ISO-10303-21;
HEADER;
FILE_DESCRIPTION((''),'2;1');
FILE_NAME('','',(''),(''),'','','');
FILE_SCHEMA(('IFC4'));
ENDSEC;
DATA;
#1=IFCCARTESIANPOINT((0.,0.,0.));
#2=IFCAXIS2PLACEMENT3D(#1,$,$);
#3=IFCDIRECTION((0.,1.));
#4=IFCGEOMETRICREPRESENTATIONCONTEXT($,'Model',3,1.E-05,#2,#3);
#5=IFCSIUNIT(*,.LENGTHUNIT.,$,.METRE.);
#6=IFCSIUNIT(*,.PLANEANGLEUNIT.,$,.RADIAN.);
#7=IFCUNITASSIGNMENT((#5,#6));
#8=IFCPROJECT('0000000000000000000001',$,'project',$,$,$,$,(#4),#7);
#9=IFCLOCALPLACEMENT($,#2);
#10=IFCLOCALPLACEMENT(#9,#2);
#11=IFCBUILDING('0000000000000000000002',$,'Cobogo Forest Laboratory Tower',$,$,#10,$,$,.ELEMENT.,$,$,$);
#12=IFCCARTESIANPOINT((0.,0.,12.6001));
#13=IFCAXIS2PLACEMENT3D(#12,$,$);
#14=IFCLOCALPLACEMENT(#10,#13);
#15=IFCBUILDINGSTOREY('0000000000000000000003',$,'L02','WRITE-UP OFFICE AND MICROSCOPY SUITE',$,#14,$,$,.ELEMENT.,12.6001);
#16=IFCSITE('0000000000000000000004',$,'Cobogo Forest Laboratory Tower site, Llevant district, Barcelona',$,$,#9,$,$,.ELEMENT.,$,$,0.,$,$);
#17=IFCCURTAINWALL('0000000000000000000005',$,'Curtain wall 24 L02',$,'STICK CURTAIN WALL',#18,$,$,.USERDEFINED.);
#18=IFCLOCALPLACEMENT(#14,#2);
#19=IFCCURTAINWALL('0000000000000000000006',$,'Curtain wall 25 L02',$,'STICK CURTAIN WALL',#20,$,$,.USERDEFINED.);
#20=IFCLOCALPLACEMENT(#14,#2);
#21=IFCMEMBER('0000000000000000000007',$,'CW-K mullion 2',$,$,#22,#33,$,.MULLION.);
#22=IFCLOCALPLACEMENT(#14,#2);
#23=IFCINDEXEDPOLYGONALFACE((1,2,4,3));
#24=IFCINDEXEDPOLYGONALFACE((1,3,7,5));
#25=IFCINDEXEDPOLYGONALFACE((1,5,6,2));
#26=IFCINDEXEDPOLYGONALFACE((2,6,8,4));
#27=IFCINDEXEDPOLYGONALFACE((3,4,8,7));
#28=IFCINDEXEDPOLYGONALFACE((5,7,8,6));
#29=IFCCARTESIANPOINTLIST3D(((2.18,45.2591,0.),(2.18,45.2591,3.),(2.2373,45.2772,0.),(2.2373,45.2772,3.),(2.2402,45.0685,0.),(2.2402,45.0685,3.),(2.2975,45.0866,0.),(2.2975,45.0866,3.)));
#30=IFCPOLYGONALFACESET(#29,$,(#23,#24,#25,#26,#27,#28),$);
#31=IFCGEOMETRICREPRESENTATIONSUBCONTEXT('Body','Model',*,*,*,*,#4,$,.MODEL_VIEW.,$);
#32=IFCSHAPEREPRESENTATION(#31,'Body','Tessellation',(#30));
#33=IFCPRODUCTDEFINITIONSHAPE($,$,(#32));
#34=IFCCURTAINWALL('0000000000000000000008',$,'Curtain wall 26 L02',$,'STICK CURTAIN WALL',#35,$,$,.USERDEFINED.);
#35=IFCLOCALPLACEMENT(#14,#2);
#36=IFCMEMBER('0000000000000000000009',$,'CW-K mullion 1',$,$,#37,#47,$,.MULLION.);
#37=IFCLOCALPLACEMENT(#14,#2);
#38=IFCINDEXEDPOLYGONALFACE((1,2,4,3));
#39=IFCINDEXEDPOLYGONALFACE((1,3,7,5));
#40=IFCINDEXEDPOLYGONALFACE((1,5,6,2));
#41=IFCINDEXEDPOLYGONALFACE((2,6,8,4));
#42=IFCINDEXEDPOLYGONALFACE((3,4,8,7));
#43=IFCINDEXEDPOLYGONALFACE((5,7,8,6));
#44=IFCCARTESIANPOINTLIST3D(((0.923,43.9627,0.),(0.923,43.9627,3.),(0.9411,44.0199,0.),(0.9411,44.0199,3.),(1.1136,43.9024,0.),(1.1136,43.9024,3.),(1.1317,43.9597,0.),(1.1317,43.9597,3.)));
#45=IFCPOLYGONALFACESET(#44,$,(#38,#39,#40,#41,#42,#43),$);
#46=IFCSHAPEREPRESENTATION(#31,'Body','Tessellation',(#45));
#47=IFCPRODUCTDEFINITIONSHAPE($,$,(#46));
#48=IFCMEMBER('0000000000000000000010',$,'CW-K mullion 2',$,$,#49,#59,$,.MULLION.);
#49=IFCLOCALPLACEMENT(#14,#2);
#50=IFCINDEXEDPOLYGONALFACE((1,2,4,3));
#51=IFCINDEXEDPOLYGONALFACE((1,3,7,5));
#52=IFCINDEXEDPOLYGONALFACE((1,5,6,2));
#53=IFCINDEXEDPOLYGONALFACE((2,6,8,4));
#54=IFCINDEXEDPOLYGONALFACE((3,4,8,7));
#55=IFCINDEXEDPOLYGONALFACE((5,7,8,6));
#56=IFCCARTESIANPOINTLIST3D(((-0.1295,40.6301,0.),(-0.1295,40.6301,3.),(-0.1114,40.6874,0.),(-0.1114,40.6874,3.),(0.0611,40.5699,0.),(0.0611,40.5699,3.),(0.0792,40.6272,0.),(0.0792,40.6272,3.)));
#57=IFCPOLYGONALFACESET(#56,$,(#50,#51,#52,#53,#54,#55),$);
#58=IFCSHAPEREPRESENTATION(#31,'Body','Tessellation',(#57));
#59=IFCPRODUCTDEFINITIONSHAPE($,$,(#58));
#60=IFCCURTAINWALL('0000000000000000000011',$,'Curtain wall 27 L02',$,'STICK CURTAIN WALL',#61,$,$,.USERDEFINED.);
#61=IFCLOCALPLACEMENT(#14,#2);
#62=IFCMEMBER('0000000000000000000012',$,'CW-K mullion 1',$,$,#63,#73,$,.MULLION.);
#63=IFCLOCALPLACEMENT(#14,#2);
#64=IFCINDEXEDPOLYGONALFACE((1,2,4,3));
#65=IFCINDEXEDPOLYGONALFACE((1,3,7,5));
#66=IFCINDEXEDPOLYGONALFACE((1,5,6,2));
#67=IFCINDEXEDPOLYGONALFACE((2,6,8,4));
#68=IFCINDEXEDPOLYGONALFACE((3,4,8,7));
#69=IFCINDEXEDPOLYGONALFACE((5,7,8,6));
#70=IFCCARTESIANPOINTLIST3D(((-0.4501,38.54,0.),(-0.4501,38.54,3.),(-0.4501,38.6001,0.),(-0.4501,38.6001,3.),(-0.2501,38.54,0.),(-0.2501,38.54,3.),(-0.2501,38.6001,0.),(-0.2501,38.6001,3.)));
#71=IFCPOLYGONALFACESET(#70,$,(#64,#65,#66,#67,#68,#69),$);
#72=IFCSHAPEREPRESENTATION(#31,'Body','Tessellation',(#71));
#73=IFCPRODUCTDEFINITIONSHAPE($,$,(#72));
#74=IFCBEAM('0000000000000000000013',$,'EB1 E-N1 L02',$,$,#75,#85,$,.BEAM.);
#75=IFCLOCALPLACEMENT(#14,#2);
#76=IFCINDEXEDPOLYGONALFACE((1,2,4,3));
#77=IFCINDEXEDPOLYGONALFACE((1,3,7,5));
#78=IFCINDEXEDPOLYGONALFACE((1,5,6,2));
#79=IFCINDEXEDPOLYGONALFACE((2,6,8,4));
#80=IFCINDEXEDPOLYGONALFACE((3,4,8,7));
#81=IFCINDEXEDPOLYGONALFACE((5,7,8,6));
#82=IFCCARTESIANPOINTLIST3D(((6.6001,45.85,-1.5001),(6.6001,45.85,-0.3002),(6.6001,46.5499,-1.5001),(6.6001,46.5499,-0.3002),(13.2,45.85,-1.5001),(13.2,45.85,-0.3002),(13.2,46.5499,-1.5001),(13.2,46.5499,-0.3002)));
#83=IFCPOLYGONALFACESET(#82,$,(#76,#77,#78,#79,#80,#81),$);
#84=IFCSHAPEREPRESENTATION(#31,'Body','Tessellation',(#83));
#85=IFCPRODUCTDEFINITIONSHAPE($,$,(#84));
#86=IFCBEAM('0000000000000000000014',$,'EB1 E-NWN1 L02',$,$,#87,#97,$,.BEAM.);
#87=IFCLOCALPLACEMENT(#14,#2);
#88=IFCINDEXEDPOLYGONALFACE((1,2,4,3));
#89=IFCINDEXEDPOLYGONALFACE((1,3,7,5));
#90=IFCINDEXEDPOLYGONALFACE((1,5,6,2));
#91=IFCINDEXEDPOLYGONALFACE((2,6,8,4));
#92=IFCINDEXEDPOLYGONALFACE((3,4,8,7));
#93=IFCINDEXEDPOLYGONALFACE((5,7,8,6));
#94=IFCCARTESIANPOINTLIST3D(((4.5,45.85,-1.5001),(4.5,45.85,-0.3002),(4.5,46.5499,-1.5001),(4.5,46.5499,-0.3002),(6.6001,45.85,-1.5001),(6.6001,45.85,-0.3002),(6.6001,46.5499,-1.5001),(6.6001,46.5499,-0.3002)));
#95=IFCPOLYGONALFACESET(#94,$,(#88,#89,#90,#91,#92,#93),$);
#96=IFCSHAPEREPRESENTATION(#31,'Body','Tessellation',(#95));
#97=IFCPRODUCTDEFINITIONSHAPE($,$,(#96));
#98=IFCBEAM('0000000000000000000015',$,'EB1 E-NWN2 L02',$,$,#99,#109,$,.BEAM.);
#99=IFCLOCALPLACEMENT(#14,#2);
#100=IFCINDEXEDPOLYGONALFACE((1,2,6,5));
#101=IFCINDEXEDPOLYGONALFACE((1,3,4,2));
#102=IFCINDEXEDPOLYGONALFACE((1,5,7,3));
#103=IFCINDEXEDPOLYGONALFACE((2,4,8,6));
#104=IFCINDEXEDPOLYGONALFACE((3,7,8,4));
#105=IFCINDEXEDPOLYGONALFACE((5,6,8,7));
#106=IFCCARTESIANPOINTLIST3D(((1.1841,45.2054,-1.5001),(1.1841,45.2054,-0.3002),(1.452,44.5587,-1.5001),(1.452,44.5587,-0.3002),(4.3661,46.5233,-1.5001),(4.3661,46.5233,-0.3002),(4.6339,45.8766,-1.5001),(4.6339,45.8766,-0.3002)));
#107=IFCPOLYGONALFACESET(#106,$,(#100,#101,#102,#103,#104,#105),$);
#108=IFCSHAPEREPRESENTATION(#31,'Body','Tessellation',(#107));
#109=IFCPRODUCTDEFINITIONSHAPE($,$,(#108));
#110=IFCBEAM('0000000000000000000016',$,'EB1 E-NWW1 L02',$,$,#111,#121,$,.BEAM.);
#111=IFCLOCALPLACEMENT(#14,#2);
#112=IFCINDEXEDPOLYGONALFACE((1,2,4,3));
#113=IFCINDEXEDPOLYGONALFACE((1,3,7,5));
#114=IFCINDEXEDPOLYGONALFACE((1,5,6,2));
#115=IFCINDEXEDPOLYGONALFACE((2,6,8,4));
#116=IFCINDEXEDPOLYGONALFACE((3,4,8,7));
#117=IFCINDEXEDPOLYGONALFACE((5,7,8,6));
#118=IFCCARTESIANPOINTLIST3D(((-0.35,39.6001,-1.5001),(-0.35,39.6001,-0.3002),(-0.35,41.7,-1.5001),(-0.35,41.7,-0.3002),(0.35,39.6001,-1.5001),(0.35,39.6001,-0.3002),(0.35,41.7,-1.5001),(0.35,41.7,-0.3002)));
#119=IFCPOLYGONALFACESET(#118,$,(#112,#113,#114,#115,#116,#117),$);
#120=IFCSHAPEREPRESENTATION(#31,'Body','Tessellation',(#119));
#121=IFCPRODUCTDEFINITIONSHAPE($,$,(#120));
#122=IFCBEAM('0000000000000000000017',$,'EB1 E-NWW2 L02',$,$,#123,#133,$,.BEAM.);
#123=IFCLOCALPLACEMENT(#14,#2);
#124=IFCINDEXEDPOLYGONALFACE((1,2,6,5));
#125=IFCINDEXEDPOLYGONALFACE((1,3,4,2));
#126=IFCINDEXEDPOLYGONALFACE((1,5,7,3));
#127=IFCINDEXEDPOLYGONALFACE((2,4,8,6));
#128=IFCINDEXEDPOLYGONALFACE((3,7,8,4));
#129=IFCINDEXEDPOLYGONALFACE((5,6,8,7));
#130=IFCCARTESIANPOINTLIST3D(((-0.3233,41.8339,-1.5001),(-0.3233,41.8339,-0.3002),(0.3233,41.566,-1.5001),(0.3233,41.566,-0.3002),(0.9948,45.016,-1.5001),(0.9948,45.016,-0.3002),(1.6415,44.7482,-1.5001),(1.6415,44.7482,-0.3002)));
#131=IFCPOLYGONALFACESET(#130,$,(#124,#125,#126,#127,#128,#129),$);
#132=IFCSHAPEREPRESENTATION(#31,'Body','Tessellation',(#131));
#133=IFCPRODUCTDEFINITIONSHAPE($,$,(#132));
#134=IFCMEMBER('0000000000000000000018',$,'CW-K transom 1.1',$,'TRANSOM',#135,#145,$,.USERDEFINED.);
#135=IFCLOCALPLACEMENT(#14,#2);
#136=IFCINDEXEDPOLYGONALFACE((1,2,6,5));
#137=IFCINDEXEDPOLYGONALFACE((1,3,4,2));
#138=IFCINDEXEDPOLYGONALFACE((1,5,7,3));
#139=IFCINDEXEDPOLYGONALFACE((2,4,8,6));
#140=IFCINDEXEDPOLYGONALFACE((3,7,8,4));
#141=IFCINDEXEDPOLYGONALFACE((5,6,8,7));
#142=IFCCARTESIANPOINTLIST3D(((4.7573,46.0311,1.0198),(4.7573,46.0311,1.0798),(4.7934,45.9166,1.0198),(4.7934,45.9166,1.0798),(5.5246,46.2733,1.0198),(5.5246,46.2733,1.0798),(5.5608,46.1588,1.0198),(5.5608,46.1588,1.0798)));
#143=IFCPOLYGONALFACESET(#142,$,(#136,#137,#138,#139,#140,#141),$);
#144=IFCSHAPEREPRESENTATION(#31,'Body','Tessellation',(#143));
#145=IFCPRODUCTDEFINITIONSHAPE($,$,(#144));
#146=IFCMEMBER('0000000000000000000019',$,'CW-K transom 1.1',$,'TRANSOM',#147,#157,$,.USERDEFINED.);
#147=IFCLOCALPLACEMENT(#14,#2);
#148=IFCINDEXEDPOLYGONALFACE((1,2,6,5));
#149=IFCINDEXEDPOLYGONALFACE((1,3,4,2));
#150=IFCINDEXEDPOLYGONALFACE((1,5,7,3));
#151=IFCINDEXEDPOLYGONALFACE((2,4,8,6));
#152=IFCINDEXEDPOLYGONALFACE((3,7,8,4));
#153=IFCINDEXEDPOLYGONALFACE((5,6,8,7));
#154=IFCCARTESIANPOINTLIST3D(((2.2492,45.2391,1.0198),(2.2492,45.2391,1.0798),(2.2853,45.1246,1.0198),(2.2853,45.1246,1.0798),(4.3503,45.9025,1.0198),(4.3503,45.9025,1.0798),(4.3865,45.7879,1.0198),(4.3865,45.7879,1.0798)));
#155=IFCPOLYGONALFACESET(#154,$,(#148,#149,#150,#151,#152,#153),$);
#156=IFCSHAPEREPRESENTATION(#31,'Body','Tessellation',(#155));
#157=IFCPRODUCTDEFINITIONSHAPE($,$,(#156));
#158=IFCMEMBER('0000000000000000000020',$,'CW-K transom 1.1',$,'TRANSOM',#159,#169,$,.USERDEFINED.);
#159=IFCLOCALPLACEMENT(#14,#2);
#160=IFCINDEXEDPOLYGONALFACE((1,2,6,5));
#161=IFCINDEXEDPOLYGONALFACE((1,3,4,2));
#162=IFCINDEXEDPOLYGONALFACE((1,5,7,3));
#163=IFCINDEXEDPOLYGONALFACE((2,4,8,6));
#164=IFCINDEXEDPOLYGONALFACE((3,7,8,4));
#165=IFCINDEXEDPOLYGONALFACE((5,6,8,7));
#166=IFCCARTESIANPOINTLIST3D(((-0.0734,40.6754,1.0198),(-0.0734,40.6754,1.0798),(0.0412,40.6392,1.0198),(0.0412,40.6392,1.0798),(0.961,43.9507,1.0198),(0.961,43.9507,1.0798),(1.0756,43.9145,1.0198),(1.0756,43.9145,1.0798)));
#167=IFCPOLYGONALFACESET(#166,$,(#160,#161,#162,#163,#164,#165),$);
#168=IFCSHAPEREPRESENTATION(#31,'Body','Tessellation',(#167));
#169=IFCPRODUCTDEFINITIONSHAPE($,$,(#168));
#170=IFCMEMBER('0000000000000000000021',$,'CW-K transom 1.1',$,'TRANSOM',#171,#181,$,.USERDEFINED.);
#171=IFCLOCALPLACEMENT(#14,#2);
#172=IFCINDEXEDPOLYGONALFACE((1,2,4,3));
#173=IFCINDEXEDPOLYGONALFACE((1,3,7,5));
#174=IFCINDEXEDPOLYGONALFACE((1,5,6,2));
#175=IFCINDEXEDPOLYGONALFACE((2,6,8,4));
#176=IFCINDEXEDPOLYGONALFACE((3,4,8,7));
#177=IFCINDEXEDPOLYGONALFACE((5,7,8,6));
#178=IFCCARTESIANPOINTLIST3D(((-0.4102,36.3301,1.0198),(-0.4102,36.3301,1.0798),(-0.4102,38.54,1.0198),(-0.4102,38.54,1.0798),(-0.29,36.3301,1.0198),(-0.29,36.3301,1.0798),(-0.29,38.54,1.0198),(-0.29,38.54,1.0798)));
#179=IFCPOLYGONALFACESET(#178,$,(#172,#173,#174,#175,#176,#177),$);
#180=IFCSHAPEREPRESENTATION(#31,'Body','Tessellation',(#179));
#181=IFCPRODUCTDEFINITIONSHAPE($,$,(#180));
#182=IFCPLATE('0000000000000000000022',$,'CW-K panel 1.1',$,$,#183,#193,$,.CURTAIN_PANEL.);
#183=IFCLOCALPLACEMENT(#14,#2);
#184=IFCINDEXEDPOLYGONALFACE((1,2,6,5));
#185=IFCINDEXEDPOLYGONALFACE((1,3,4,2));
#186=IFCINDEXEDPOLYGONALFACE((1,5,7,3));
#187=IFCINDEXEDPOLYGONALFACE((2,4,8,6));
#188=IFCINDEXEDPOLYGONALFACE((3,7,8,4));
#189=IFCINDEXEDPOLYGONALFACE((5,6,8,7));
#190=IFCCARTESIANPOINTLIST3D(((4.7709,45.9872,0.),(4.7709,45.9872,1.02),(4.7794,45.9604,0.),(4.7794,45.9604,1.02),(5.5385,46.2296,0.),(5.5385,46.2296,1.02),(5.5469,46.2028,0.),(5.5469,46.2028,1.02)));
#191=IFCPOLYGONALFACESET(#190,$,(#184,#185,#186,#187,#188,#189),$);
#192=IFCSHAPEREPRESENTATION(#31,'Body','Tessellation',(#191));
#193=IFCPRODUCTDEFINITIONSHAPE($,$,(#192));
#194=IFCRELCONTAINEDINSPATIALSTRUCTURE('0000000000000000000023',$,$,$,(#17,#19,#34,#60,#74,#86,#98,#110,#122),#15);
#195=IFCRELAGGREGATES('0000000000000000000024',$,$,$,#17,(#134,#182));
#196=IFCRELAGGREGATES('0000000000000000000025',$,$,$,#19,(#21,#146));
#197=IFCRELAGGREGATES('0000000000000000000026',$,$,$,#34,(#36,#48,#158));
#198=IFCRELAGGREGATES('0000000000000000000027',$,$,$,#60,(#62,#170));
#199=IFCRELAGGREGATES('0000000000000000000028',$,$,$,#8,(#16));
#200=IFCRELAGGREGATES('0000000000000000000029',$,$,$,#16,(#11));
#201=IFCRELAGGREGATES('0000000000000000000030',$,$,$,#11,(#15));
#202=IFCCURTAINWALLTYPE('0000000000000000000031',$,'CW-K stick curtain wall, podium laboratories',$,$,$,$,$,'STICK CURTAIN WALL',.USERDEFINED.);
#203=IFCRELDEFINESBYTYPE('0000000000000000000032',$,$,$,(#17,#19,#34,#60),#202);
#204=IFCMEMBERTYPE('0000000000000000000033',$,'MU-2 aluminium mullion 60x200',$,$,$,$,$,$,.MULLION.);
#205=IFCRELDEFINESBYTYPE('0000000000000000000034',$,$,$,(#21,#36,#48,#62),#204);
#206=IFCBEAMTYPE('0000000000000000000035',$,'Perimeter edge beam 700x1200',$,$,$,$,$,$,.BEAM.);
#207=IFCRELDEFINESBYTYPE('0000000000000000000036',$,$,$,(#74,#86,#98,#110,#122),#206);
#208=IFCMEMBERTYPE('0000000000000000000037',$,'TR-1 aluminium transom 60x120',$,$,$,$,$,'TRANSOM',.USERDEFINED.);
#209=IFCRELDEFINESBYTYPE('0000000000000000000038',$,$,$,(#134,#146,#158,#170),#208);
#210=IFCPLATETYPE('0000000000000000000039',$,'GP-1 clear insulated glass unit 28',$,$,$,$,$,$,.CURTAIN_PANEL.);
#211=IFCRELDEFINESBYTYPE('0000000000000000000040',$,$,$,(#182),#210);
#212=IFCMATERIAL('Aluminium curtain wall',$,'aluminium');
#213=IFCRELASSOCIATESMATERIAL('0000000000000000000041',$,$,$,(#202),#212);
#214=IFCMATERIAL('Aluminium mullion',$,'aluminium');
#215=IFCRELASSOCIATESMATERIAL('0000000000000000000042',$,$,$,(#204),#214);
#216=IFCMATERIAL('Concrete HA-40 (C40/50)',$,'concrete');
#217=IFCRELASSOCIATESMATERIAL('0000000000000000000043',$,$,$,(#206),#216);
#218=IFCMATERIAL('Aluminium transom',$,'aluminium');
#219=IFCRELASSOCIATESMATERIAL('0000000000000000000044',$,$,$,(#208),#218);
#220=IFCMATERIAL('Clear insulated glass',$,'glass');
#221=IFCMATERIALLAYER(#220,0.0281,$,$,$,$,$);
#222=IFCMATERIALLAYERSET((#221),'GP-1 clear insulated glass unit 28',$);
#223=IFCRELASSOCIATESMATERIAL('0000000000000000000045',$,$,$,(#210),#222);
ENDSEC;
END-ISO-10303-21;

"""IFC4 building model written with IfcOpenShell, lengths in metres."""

from ifc_helpers import new_model, si_unit, direction, frame, origin, origin_2d, place, context, subcontext, project, spatial, rectangle, extrude, material, layer, layer_set, material_profile, profile_set, type_object, element, aggregate, save


model = new_model("IFC4")

# Units and contexts
model_context = context("Model", 3, precision=1e-05, world=origin(), true_north=direction((0.0, 1.0)))
body_context = subcontext(model_context, "Body", "Model", "MODEL_VIEW")
ifc_project = project(units=[si_unit("LENGTHUNIT", "METRE"), si_unit("PLANEANGLEUNIT", "RADIAN")], contexts=[model_context])

# Site, building, storey
site_placement = place(None, origin())
site = spatial("IfcSite", under=ifc_project, at=site_placement, Name="Cobogo Forest Laboratory Tower site, Llevant district, Barcelona", CompositionType="ELEMENT", RefElevation=0.0)
building_placement = place(site_placement, origin())
building = spatial("IfcBuilding", under=site, at=building_placement, Name="Cobogo Forest Laboratory Tower", CompositionType="ELEMENT")
storey_placement = place(building_placement, frame((0.0, 0.0, 12.6001)))
storey = spatial("IfcBuildingStorey", under=building, at=storey_placement, Name="L02", Description="WRITE-UP OFFICE AND MICROSCOPY SUITE", CompositionType="ELEMENT", Elevation=12.6001)

# Shared definitions
ifc_material_1 = material(Name="Concrete HA-40 (C40/50)", Category="concrete")

# Curtain walls, members
ifc_material_2 = material(Name="Aluminium curtain wall", Category="aluminium")
curtain_wall_type = type_object("IfcCurtainWallType", Name="CW-K stick curtain wall, podium laboratories", ElementType="STICK CURTAIN WALL", PredefinedType="USERDEFINED", material=ifc_material_2)
curtain_wall_1_placement = place(storey_placement, origin())
curtain_wall_1 = element("IfcCurtainWall", 1, at=curtain_wall_1_placement, inside=storey, type_object=curtain_wall_type, Name="Curtain wall 24 L02", ObjectType="STICK CURTAIN WALL", PredefinedType="USERDEFINED")
ifc_material_3 = material(Name="Aluminium mullion", Category="aluminium")
ifc_material_profile_1 = material_profile(ifc_material_3, rectangle(XDim=0.0601, YDim=0.2, at=origin_2d()), Name="AL 60x200")
ifc_profile_set_1 = profile_set([ifc_material_profile_1], Name="Aluminium mullion")
member_type_1 = type_object("IfcMemberType", Name="MU-2 aluminium mullion 60x200", PredefinedType="MULLION", material=ifc_profile_set_1)
curtain_wall_2_placement = place(storey_placement, origin())
curtain_wall_2 = element("IfcCurtainWall", 2, at=curtain_wall_2_placement, inside=storey, type_object=curtain_wall_type, Name="Curtain wall 25 L02", ObjectType="STICK CURTAIN WALL", PredefinedType="USERDEFINED")
member_1_placement = place(storey_placement, frame((2.2388, 45.1729, 0.0), z_axis=(0.0, 0.0, 1.0), x_axis=(-0.953581, -0.301135, 0.0)))
member_1 = element("IfcMember", 3, at=member_1_placement, type_object=member_type_1, Name="CW-K mullion 2", PredefinedType="MULLION", context=body_context, shape_type="SweptSolid", body=[
    extrude(rectangle(XDim=0.0601, YDim=0.2, at=origin_2d()), origin(), (0.0, 0.0, 1.0), 3.0),
])
curtain_wall_3_placement = place(storey_placement, origin())
curtain_wall_3 = element("IfcCurtainWall", 4, at=curtain_wall_3_placement, inside=storey, type_object=curtain_wall_type, Name="Curtain wall 26 L02", ObjectType="STICK CURTAIN WALL", PredefinedType="USERDEFINED")
member_2_placement = place(storey_placement, frame((1.0273, 43.9612, 0.0), z_axis=(0.0, 0.0, 1.0), x_axis=(-0.301135, -0.953581, 0.0)))
member_2 = element("IfcMember", 5, at=member_2_placement, type_object=member_type_1, Name="CW-K mullion 1", PredefinedType="MULLION", context=body_context, shape_type="SweptSolid", body=[
    extrude(rectangle(XDim=0.0601, YDim=0.2, at=origin_2d()), origin(), (0.0, 0.0, 1.0), 3.0),
])
member_3_placement = place(storey_placement, frame((-0.0251, 40.6287, 0.0), z_axis=(0.0, 0.0, 1.0), x_axis=(-0.301135, -0.953581, 0.0)))
member_3 = element("IfcMember", 6, at=member_3_placement, type_object=member_type_1, Name="CW-K mullion 2", PredefinedType="MULLION", context=body_context, shape_type="SweptSolid", body=[
    extrude(rectangle(XDim=0.0601, YDim=0.2, at=origin_2d()), origin(), (0.0, 0.0, 1.0), 3.0),
])

# Curtain wall, member
curtain_wall_4_placement = place(storey_placement, origin())
curtain_wall_4 = element("IfcCurtainWall", 7, at=curtain_wall_4_placement, inside=storey, type_object=curtain_wall_type, Name="Curtain wall 27 L02", ObjectType="STICK CURTAIN WALL", PredefinedType="USERDEFINED")
member_4_placement = place(storey_placement, frame((-0.3501, 38.5701, 0.0), z_axis=(0.0, 0.0, 1.0), x_axis=(0.0, -1.0, 0.0)))
member_4 = element("IfcMember", 8, at=member_4_placement, type_object=member_type_1, Name="CW-K mullion 1", PredefinedType="MULLION", context=body_context, shape_type="SweptSolid", body=[
    extrude(rectangle(XDim=0.0601, YDim=0.2, at=origin_2d()), origin(), (0.0, 0.0, 1.0), 3.0),
])

# Beams
ifc_material_profile_2 = material_profile(ifc_material_1, rectangle(XDim=0.7, YDim=1.2, at=origin_2d()), Name="RC 700x1200")
ifc_profile_set_2 = profile_set([ifc_material_profile_2], Name="Concrete HA-40 (C40/50)")
beam_type_1 = type_object("IfcBeamType", Name="Perimeter edge beam 700x1200", PredefinedType="BEAM", material=ifc_profile_set_2)
beam_1_placement = place(storey_placement, frame((6.6001, 46.2, -0.9001), z_axis=(1.0, 0.0, 0.0), x_axis=(0.0, 1.0, 0.0)))
element("IfcBeam", 9, at=beam_1_placement, inside=storey, type_object=beam_type_1, Name="EB1 E-N1 L02", PredefinedType="BEAM", context=body_context, shape_type="SweptSolid", body=[
    extrude(rectangle(XDim=0.7, YDim=1.2, at=origin_2d()), origin(), (0.0, 0.0, 1.0), 6.5999),
])
beam_2_placement = place(storey_placement, frame((6.6001, 46.2, -0.9001), z_axis=(-1.0, 0.0, 0.0), x_axis=(0.0, -1.0, 0.0)))
element("IfcBeam", 10, at=beam_2_placement, inside=storey, type_object=beam_type_1, Name="EB1 E-NWN1 L02", PredefinedType="BEAM", context=body_context, shape_type="SweptSolid", body=[
    extrude(rectangle(XDim=0.7, YDim=1.2, at=origin_2d()), origin(), (0.0, 0.0, 1.0), 2.1001),
])
beam_3_placement = place(storey_placement, frame((4.5, 46.2, -0.9001), z_axis=(-0.923891, -0.382656, 0.0), x_axis=(0.382656, -0.923891, 0.0)))
element("IfcBeam", 11, at=beam_3_placement, inside=storey, type_object=beam_type_1, Name="EB1 E-NWN2 L02", PredefinedType="BEAM", context=body_context, shape_type="SweptSolid", body=[
    extrude(rectangle(XDim=0.7, YDim=1.2, at=origin_2d()), origin(), (0.0, 0.0, 1.0), 3.4441),
])
beam_4_placement = place(storey_placement, frame((0.0, 39.6001, -0.9001), z_axis=(0.0, 1.0, 0.0), x_axis=(-1.0, 0.0, 0.0)))
element("IfcBeam", 12, at=beam_4_placement, inside=storey, type_object=beam_type_1, Name="EB1 E-NWW1 L02", PredefinedType="BEAM", context=body_context, shape_type="SweptSolid", body=[
    extrude(rectangle(XDim=0.7, YDim=1.2, at=origin_2d()), origin(), (0.0, 0.0, 1.0), 2.0999),
])
beam_5_placement = place(storey_placement, frame((0.0, 41.7, -0.9001), z_axis=(0.382692, 0.923876, 0.0), x_axis=(-0.923876, 0.382692, 0.0)))
element("IfcBeam", 13, at=beam_5_placement, inside=storey, type_object=beam_type_1, Name="EB1 E-NWW2 L02", PredefinedType="BEAM", context=body_context, shape_type="SweptSolid", body=[
    extrude(rectangle(XDim=0.7, YDim=1.2, at=origin_2d()), origin(), (0.0, 0.0, 1.0), 3.4443),
])

# Members
ifc_material_4 = material(Name="Aluminium transom", Category="aluminium")
ifc_material_profile_3 = material_profile(ifc_material_4, rectangle(XDim=0.1201, YDim=0.0601, at=origin_2d()), Name="AL 60x120")
ifc_profile_set_3 = profile_set([ifc_material_profile_3], Name="Aluminium transom")
member_type_2 = type_object("IfcMemberType", Name="TR-1 aluminium transom 60x120", ElementType="TRANSOM", PredefinedType="USERDEFINED", material=ifc_profile_set_3)
member_5_placement = place(storey_placement, frame((5.5427, 46.2161, 1.0498), z_axis=(-0.953629, -0.300986, 0.0), x_axis=(0.300986, -0.953629, 0.0)))
member_5 = element("IfcMember", 14, at=member_5_placement, type_object=member_type_2, Name="CW-K transom 1.1", ObjectType="TRANSOM", PredefinedType="USERDEFINED", context=body_context, shape_type="SweptSolid", body=[
    extrude(rectangle(XDim=0.1201, YDim=0.0601, at=origin_2d()), origin(), (0.0, 0.0, 1.0), 0.8047),
])
member_6_placement = place(storey_placement, frame((4.3684, 45.8452, 1.0498), z_axis=(-0.953604, -0.301062, 0.0), x_axis=(0.301062, -0.953604, 0.0)))
member_6 = element("IfcMember", 15, at=member_6_placement, type_object=member_type_2, Name="CW-K transom 1.1", ObjectType="TRANSOM", PredefinedType="USERDEFINED", context=body_context, shape_type="SweptSolid", body=[
    extrude(rectangle(XDim=0.1201, YDim=0.0601, at=origin_2d()), origin(), (0.0, 0.0, 1.0), 2.2034),
])
member_7_placement = place(storey_placement, frame((1.0183, 43.9326, 1.0498), z_axis=(-0.301155, -0.953575, 0.0), x_axis=(0.953575, -0.301155, 0.0)))
member_7 = element("IfcMember", 16, at=member_7_placement, type_object=member_type_2, Name="CW-K transom 1.1", ObjectType="TRANSOM", PredefinedType="USERDEFINED", context=body_context, shape_type="SweptSolid", body=[
    extrude(rectangle(XDim=0.1201, YDim=0.0601, at=origin_2d()), origin(), (0.0, 0.0, 1.0), 3.4348),
])
member_8_placement = place(storey_placement, frame((-0.3501, 38.54, 1.0498), z_axis=(0.0, -1.0, 0.0), x_axis=(1.0, 0.0, 0.0)))
member_8 = element("IfcMember", 17, at=member_8_placement, type_object=member_type_2, Name="CW-K transom 1.1", ObjectType="TRANSOM", PredefinedType="USERDEFINED", context=body_context, shape_type="SweptSolid", body=[
    extrude(rectangle(XDim=0.1201, YDim=0.0601, at=origin_2d()), origin(), (0.0, 0.0, 1.0), 2.21),
])

# Plate
ifc_material_5 = material(Name="Clear insulated glass", Category="glass")
ifc_layer = layer(ifc_material_5, 0.0281)
ifc_layer_set = layer_set([ifc_layer], Name="GP-1 clear insulated glass unit 28")
plate_type = type_object("IfcPlateType", Name="GP-1 clear insulated glass unit 28", PredefinedType="CURTAIN_PANEL", material=ifc_layer_set)
plate_1_placement = place(storey_placement, frame((5.1589, 46.095, 0.0), z_axis=(0.0, 0.0, 1.0), x_axis=(-0.953581, -0.301135, 0.0)))
plate_1 = element("IfcPlate", 18, at=plate_1_placement, type_object=plate_type, Name="CW-K panel 1.1", PredefinedType="CURTAIN_PANEL", context=body_context, shape_type="SweptSolid", body=[
    extrude(rectangle(XDim=0.8049, YDim=0.0281, at=origin_2d()), origin(), (0.0, 0.0, 1.0), 1.02),
])
aggregate(curtain_wall_1, [member_5, plate_1])
aggregate(curtain_wall_2, [member_1, member_6])
aggregate(curtain_wall_3, [member_2, member_3, member_7])
aggregate(curtain_wall_4, [member_4, member_8])

save(model, "model.ifc")
